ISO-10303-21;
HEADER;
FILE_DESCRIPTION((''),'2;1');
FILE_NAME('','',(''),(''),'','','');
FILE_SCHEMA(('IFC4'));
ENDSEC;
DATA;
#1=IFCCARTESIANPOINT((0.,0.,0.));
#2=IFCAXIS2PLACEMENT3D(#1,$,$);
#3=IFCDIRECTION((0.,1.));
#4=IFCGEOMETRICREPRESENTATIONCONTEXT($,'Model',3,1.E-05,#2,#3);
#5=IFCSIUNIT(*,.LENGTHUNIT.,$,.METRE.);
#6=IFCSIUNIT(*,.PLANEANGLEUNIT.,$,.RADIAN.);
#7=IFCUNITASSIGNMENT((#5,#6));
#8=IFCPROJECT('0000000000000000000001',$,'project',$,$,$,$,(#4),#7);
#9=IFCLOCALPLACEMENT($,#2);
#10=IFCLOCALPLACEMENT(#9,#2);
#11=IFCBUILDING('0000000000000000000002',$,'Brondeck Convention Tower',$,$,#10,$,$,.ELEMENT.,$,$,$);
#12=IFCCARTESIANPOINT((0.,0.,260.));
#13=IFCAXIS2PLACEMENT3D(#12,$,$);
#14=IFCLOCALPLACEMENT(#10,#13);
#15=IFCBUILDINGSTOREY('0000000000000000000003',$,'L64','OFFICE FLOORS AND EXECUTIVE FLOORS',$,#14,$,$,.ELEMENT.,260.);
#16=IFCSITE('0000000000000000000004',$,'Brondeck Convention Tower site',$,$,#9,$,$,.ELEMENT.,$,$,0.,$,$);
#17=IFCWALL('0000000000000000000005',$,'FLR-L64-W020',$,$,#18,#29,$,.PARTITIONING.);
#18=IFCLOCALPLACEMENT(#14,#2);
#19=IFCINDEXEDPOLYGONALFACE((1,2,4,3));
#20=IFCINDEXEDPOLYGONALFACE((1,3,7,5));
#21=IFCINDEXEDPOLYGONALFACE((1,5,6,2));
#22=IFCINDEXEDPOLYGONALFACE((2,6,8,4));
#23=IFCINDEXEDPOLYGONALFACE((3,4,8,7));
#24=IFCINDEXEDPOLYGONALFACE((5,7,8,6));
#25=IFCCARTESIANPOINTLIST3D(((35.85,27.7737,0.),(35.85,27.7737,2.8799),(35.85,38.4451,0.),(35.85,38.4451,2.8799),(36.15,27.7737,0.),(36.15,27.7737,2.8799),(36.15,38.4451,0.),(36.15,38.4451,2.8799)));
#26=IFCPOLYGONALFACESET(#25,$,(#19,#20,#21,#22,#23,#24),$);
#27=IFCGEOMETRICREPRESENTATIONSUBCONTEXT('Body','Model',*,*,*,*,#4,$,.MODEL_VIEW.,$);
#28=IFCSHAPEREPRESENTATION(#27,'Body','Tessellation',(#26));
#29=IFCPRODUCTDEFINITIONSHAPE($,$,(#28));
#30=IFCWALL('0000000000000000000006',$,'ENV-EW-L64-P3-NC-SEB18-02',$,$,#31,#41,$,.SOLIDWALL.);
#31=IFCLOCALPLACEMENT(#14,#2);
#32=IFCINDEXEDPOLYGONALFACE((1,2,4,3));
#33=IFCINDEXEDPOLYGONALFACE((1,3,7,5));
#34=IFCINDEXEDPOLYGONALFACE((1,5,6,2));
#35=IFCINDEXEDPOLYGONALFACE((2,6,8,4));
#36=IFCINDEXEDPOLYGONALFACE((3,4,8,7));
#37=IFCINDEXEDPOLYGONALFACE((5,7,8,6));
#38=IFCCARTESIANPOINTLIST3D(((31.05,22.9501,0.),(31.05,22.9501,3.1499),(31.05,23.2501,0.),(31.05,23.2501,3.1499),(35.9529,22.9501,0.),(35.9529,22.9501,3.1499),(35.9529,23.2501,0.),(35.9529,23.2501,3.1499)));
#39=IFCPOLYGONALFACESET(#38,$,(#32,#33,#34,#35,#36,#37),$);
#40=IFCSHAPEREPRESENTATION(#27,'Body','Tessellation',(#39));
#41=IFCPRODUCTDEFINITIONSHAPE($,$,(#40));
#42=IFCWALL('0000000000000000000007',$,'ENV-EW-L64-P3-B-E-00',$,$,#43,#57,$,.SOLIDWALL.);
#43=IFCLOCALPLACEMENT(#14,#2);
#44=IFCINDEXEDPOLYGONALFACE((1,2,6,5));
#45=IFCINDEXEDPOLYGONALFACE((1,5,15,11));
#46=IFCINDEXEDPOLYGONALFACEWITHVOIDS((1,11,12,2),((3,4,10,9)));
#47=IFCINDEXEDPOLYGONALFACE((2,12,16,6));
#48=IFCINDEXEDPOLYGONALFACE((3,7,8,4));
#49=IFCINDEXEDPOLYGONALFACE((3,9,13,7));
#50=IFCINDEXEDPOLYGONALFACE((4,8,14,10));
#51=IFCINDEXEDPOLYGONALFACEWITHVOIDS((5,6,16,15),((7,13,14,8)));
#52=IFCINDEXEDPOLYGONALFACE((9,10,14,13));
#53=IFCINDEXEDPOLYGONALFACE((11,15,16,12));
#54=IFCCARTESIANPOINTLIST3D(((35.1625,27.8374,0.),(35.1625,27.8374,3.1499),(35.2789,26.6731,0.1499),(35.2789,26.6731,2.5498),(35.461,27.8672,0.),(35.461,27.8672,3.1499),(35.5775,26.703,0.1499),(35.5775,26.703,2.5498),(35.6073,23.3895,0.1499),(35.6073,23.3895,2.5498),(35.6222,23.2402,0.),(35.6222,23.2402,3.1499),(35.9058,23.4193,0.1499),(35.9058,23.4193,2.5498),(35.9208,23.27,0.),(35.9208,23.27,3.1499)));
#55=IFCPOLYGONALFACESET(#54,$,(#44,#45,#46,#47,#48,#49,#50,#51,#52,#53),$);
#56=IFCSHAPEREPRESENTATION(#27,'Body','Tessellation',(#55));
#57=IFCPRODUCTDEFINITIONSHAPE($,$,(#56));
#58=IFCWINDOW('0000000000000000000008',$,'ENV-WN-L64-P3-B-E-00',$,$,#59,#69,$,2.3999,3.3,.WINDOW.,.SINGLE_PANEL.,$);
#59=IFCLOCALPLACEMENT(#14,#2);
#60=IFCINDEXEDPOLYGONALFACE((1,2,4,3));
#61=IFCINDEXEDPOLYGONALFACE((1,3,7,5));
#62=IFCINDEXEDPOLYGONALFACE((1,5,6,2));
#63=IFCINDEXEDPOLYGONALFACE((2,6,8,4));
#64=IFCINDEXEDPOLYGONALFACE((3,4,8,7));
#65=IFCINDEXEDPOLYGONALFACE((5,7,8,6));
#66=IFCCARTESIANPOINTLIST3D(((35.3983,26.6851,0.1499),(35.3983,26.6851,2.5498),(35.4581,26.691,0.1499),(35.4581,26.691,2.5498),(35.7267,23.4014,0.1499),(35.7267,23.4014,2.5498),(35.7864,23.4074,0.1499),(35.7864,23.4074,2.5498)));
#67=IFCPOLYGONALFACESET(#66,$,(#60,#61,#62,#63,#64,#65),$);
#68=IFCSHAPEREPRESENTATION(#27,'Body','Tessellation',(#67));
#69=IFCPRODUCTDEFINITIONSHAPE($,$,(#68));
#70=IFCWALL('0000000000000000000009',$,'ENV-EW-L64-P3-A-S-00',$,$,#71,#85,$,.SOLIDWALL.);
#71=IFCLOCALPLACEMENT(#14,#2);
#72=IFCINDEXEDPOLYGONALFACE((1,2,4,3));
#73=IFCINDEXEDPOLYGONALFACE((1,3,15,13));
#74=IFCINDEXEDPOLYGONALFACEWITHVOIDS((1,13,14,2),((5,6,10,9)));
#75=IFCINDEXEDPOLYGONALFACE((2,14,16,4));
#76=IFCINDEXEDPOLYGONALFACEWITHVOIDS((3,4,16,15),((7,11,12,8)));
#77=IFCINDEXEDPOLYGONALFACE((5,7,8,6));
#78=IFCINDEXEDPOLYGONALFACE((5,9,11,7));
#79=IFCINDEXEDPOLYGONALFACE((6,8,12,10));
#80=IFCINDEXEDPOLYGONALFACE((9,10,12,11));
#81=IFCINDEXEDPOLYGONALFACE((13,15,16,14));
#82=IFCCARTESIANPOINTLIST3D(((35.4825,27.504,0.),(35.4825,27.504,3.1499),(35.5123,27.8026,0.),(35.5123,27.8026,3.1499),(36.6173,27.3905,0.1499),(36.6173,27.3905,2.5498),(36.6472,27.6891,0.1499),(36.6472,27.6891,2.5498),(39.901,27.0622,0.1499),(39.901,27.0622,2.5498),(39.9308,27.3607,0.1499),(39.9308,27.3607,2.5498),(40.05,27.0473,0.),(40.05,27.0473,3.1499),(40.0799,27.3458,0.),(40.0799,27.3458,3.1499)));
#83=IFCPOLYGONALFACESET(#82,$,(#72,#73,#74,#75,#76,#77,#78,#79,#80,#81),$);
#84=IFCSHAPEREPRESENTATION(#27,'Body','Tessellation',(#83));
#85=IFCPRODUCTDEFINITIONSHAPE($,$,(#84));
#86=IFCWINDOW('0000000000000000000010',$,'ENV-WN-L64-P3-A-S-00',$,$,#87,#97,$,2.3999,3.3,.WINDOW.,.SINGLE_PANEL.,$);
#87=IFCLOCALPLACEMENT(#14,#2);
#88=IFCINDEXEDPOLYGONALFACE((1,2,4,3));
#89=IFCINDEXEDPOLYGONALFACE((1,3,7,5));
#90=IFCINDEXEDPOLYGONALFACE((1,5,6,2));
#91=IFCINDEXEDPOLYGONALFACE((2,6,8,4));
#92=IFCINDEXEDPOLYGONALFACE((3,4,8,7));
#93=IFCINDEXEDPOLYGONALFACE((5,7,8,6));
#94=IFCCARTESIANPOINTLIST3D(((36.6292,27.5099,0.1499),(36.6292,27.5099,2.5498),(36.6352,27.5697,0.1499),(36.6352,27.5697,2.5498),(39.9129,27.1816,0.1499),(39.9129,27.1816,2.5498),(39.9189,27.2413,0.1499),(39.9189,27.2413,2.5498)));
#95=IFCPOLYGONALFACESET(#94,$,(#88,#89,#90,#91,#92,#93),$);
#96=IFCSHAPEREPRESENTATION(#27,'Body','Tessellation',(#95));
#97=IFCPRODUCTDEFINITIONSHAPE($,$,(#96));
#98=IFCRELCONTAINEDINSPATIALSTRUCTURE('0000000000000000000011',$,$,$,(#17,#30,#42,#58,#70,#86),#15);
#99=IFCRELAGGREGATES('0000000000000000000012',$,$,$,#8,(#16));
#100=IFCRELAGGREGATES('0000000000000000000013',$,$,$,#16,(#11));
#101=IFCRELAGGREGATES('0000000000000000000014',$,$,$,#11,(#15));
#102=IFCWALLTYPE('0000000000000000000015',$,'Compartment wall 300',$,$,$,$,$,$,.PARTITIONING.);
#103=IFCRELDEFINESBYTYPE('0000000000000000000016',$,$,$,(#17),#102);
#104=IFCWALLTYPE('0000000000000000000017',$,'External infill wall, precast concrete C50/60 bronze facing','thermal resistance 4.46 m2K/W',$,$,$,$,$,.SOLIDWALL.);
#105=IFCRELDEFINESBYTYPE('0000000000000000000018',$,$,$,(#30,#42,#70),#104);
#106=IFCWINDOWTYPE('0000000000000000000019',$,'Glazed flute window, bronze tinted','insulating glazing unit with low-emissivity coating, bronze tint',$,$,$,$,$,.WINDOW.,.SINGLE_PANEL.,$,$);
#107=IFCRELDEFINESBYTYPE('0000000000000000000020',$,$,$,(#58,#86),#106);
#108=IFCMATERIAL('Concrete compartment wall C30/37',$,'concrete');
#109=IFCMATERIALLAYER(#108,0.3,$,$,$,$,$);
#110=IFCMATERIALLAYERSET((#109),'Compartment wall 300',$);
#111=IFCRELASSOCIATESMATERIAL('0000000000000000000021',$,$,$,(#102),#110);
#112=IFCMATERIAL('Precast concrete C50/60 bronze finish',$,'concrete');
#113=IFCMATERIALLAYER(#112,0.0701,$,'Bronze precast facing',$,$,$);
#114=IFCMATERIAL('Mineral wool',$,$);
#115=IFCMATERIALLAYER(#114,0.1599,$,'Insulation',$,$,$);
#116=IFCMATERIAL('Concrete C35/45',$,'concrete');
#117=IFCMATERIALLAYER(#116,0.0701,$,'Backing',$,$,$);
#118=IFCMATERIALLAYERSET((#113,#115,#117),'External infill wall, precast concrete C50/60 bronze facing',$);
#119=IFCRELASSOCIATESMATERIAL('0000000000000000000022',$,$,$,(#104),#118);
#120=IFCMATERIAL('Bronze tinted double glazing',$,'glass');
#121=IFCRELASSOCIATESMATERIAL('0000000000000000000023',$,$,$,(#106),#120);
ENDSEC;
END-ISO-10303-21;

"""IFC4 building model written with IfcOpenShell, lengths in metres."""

from ifc_helpers import new_model, si_unit, direction, frame, frame_2d, origin, place, context, subcontext, project, spatial, rectangle, extrude, material, layer, layer_set, type_object, element, fill, save


model = new_model("IFC4")

# Units and contexts
model_context = context("Model", 3, precision=1e-05, world=origin(), true_north=direction((0.0, 1.0)))
body_context = subcontext(model_context, "Body", "Model", "MODEL_VIEW")
ifc_project = project(units=[si_unit("LENGTHUNIT", "METRE"), si_unit("PLANEANGLEUNIT", "RADIAN")], contexts=[model_context])

# Site, building, storey
site_placement = place(None, origin())
site = spatial("IfcSite", under=ifc_project, at=site_placement, Name="Brondeck Convention Tower site", CompositionType="ELEMENT", RefElevation=0.0)
building_placement = place(site_placement, origin())
building = spatial("IfcBuilding", under=site, at=building_placement, Name="Brondeck Convention Tower", CompositionType="ELEMENT")
storey_placement = place(building_placement, frame((0.0, 0.0, 260.0)))
storey = spatial("IfcBuildingStorey", under=building, at=storey_placement, Name="L64", Description="OFFICE FLOORS AND EXECUTIVE FLOORS", CompositionType="ELEMENT", Elevation=260.0)

# Walls
ifc_material_1 = material(Name="Concrete compartment wall C30/37", Category="concrete")
ifc_layer_1 = layer(ifc_material_1, 0.3)
ifc_layer_set_1 = layer_set([ifc_layer_1], Name="Compartment wall 300")
wall_type_1 = type_object("IfcWallType", Name="Compartment wall 300", PredefinedType="PARTITIONING", material=ifc_layer_set_1)
wall_1_placement = place(storey_placement, frame((36.0, 27.7737, 0.0), z_axis=(0.0, 0.0, 1.0), x_axis=(0.0, 1.0, 0.0)))
element("IfcWall", 1, at=wall_1_placement, inside=storey, type_object=wall_type_1, Name="FLR-L64-W020", PredefinedType="PARTITIONING", context=body_context, shape_type="SweptSolid", body=[
    extrude(rectangle(XDim=10.6714, YDim=0.3, at=frame_2d((5.3357, 0.0))), origin(), (0.0, 0.0, 1.0), 2.8799),
])
ifc_material_2 = material(Name="Precast concrete C50/60 bronze finish", Category="concrete")
ifc_layer_2 = layer(ifc_material_2, 0.0701, Name="Bronze precast facing")
ifc_material_3 = material(Name="Mineral wool")
ifc_layer_3 = layer(ifc_material_3, 0.1599, Name="Insulation")
ifc_material_4 = material(Name="Concrete C35/45", Category="concrete")
ifc_layer_4 = layer(ifc_material_4, 0.0701, Name="Backing")
ifc_layer_set_2 = layer_set([ifc_layer_2, ifc_layer_3, ifc_layer_4], Name="External infill wall, precast concrete C50/60 bronze facing")
wall_type_2 = type_object("IfcWallType", Name="External infill wall, precast concrete C50/60 bronze facing", Description="thermal resistance 4.46 m2K/W", PredefinedType="SOLIDWALL", material=ifc_layer_set_2)
wall_2_placement = place(storey_placement, frame((35.9529, 23.1001, 0.0), z_axis=(0.0, 0.0, 1.0), x_axis=(-1.0, 0.0, 0.0)))
element("IfcWall", 2, at=wall_2_placement, inside=storey, type_object=wall_type_2, Name="ENV-EW-L64-P3-NC-SEB18-02", PredefinedType="SOLIDWALL", context=body_context, shape_type="SweptSolid", body=[
    extrude(rectangle(XDim=4.9028, YDim=0.3, at=frame_2d((2.4514, 0.0))), origin(), (0.0, 0.0, 1.0), 3.1499),
])

# Walls, openings, windows
wall_3_placement = place(storey_placement, frame((35.3118, 27.8523, 0.0), z_axis=(0.0, 0.0, 1.0), x_axis=(0.099504, -0.995037, 0.0)))
wall_3 = element("IfcWall", 3, at=wall_3_placement, inside=storey, type_object=wall_type_2, Name="ENV-EW-L64-P3-B-E-00", PredefinedType="SOLIDWALL", context=body_context, shape_type="SweptSolid", body=[
    extrude(rectangle(XDim=4.6201, YDim=0.3, at=frame_2d((2.3101, 0.0))), origin(), (0.0, 0.0, 1.0), 3.1499),
])
opening_1_placement = place(wall_3_placement, frame((1.1702, 0.0, 0.1499)))
opening_1 = element("IfcOpeningElement", 4, at=opening_1_placement, cuts=wall_3, PredefinedType="OPENING", context=body_context, shape_type="SweptSolid", body=[
    extrude(rectangle(XDim=3.3, YDim=2.3999, at=frame_2d((1.6499, 1.2))), frame((0.0, 0.1599, 0.0), z_axis=(0.0, -1.0, 0.0), x_axis=(1.0, 0.0, 0.0)), (0.0, 0.0, 1.0), 0.3201),
])
ifc_material_5 = material(Name="Bronze tinted double glazing", Category="glass")
window_type = type_object("IfcWindowType", Name="Glazed flute window, bronze tinted", Description="insulating glazing unit with low-emissivity coating, bronze tint", PartitioningType="SINGLE_PANEL", PredefinedType="WINDOW", material=ifc_material_5)
window_1_placement = place(opening_1_placement, origin())
window_1 = element("IfcWindow", 5, at=window_1_placement, inside=storey, type_object=window_type, Name="ENV-WN-L64-P3-B-E-00", OverallHeight=2.3999, OverallWidth=3.3, PartitioningType="SINGLE_PANEL", PredefinedType="WINDOW", context=body_context, shape_type="SweptSolid", body=[
    extrude(rectangle(XDim=3.3, YDim=2.3999, at=frame_2d((1.6499, 1.2))), frame((0.0, 0.03, 0.0), z_axis=(0.0, -1.0, 0.0), x_axis=(1.0, 0.0, 0.0)), (0.0, 0.0, 1.0), 0.0601),
])
fill(opening_1, window_1)
wall_4_placement = place(storey_placement, frame((40.0649, 27.1965, 0.0), z_axis=(0.0, 0.0, 1.0), x_axis=(-0.995037, 0.099509, 0.0)))
wall_4 = element("IfcWall", 6, at=wall_4_placement, inside=storey, type_object=wall_type_2, Name="ENV-EW-L64-P3-A-S-00", PredefinedType="SOLIDWALL", context=body_context, shape_type="SweptSolid", body=[
    extrude(rectangle(XDim=4.5903, YDim=0.3, at=frame_2d((2.2952, 0.0))), origin(), (0.0, 0.0, 1.0), 3.1499),
])
opening_2_placement = place(wall_4_placement, frame((0.1499, 0.0, 0.1499)))
opening_2 = element("IfcOpeningElement", 7, at=opening_2_placement, cuts=wall_4, PredefinedType="OPENING", context=body_context, shape_type="SweptSolid", body=[
    extrude(rectangle(XDim=3.3, YDim=2.3999, at=frame_2d((1.6499, 1.2))), frame((0.0, 0.1599, 0.0), z_axis=(0.0, -1.0, 0.0), x_axis=(1.0, 0.0, 0.0)), (0.0, 0.0, 1.0), 0.3201),
])
window_2_placement = place(opening_2_placement, origin())
window_2 = element("IfcWindow", 8, at=window_2_placement, inside=storey, type_object=window_type, Name="ENV-WN-L64-P3-A-S-00", OverallHeight=2.3999, OverallWidth=3.3, PartitioningType="SINGLE_PANEL", PredefinedType="WINDOW", context=body_context, shape_type="SweptSolid", body=[
    extrude(rectangle(XDim=3.3, YDim=2.3999, at=frame_2d((1.6499, 1.2))), frame((0.0, 0.03, 0.0), z_axis=(0.0, -1.0, 0.0), x_axis=(1.0, 0.0, 0.0)), (0.0, 0.0, 1.0), 0.0601),
])
fill(opening_2, window_2)

save(model, "model.ifc")
